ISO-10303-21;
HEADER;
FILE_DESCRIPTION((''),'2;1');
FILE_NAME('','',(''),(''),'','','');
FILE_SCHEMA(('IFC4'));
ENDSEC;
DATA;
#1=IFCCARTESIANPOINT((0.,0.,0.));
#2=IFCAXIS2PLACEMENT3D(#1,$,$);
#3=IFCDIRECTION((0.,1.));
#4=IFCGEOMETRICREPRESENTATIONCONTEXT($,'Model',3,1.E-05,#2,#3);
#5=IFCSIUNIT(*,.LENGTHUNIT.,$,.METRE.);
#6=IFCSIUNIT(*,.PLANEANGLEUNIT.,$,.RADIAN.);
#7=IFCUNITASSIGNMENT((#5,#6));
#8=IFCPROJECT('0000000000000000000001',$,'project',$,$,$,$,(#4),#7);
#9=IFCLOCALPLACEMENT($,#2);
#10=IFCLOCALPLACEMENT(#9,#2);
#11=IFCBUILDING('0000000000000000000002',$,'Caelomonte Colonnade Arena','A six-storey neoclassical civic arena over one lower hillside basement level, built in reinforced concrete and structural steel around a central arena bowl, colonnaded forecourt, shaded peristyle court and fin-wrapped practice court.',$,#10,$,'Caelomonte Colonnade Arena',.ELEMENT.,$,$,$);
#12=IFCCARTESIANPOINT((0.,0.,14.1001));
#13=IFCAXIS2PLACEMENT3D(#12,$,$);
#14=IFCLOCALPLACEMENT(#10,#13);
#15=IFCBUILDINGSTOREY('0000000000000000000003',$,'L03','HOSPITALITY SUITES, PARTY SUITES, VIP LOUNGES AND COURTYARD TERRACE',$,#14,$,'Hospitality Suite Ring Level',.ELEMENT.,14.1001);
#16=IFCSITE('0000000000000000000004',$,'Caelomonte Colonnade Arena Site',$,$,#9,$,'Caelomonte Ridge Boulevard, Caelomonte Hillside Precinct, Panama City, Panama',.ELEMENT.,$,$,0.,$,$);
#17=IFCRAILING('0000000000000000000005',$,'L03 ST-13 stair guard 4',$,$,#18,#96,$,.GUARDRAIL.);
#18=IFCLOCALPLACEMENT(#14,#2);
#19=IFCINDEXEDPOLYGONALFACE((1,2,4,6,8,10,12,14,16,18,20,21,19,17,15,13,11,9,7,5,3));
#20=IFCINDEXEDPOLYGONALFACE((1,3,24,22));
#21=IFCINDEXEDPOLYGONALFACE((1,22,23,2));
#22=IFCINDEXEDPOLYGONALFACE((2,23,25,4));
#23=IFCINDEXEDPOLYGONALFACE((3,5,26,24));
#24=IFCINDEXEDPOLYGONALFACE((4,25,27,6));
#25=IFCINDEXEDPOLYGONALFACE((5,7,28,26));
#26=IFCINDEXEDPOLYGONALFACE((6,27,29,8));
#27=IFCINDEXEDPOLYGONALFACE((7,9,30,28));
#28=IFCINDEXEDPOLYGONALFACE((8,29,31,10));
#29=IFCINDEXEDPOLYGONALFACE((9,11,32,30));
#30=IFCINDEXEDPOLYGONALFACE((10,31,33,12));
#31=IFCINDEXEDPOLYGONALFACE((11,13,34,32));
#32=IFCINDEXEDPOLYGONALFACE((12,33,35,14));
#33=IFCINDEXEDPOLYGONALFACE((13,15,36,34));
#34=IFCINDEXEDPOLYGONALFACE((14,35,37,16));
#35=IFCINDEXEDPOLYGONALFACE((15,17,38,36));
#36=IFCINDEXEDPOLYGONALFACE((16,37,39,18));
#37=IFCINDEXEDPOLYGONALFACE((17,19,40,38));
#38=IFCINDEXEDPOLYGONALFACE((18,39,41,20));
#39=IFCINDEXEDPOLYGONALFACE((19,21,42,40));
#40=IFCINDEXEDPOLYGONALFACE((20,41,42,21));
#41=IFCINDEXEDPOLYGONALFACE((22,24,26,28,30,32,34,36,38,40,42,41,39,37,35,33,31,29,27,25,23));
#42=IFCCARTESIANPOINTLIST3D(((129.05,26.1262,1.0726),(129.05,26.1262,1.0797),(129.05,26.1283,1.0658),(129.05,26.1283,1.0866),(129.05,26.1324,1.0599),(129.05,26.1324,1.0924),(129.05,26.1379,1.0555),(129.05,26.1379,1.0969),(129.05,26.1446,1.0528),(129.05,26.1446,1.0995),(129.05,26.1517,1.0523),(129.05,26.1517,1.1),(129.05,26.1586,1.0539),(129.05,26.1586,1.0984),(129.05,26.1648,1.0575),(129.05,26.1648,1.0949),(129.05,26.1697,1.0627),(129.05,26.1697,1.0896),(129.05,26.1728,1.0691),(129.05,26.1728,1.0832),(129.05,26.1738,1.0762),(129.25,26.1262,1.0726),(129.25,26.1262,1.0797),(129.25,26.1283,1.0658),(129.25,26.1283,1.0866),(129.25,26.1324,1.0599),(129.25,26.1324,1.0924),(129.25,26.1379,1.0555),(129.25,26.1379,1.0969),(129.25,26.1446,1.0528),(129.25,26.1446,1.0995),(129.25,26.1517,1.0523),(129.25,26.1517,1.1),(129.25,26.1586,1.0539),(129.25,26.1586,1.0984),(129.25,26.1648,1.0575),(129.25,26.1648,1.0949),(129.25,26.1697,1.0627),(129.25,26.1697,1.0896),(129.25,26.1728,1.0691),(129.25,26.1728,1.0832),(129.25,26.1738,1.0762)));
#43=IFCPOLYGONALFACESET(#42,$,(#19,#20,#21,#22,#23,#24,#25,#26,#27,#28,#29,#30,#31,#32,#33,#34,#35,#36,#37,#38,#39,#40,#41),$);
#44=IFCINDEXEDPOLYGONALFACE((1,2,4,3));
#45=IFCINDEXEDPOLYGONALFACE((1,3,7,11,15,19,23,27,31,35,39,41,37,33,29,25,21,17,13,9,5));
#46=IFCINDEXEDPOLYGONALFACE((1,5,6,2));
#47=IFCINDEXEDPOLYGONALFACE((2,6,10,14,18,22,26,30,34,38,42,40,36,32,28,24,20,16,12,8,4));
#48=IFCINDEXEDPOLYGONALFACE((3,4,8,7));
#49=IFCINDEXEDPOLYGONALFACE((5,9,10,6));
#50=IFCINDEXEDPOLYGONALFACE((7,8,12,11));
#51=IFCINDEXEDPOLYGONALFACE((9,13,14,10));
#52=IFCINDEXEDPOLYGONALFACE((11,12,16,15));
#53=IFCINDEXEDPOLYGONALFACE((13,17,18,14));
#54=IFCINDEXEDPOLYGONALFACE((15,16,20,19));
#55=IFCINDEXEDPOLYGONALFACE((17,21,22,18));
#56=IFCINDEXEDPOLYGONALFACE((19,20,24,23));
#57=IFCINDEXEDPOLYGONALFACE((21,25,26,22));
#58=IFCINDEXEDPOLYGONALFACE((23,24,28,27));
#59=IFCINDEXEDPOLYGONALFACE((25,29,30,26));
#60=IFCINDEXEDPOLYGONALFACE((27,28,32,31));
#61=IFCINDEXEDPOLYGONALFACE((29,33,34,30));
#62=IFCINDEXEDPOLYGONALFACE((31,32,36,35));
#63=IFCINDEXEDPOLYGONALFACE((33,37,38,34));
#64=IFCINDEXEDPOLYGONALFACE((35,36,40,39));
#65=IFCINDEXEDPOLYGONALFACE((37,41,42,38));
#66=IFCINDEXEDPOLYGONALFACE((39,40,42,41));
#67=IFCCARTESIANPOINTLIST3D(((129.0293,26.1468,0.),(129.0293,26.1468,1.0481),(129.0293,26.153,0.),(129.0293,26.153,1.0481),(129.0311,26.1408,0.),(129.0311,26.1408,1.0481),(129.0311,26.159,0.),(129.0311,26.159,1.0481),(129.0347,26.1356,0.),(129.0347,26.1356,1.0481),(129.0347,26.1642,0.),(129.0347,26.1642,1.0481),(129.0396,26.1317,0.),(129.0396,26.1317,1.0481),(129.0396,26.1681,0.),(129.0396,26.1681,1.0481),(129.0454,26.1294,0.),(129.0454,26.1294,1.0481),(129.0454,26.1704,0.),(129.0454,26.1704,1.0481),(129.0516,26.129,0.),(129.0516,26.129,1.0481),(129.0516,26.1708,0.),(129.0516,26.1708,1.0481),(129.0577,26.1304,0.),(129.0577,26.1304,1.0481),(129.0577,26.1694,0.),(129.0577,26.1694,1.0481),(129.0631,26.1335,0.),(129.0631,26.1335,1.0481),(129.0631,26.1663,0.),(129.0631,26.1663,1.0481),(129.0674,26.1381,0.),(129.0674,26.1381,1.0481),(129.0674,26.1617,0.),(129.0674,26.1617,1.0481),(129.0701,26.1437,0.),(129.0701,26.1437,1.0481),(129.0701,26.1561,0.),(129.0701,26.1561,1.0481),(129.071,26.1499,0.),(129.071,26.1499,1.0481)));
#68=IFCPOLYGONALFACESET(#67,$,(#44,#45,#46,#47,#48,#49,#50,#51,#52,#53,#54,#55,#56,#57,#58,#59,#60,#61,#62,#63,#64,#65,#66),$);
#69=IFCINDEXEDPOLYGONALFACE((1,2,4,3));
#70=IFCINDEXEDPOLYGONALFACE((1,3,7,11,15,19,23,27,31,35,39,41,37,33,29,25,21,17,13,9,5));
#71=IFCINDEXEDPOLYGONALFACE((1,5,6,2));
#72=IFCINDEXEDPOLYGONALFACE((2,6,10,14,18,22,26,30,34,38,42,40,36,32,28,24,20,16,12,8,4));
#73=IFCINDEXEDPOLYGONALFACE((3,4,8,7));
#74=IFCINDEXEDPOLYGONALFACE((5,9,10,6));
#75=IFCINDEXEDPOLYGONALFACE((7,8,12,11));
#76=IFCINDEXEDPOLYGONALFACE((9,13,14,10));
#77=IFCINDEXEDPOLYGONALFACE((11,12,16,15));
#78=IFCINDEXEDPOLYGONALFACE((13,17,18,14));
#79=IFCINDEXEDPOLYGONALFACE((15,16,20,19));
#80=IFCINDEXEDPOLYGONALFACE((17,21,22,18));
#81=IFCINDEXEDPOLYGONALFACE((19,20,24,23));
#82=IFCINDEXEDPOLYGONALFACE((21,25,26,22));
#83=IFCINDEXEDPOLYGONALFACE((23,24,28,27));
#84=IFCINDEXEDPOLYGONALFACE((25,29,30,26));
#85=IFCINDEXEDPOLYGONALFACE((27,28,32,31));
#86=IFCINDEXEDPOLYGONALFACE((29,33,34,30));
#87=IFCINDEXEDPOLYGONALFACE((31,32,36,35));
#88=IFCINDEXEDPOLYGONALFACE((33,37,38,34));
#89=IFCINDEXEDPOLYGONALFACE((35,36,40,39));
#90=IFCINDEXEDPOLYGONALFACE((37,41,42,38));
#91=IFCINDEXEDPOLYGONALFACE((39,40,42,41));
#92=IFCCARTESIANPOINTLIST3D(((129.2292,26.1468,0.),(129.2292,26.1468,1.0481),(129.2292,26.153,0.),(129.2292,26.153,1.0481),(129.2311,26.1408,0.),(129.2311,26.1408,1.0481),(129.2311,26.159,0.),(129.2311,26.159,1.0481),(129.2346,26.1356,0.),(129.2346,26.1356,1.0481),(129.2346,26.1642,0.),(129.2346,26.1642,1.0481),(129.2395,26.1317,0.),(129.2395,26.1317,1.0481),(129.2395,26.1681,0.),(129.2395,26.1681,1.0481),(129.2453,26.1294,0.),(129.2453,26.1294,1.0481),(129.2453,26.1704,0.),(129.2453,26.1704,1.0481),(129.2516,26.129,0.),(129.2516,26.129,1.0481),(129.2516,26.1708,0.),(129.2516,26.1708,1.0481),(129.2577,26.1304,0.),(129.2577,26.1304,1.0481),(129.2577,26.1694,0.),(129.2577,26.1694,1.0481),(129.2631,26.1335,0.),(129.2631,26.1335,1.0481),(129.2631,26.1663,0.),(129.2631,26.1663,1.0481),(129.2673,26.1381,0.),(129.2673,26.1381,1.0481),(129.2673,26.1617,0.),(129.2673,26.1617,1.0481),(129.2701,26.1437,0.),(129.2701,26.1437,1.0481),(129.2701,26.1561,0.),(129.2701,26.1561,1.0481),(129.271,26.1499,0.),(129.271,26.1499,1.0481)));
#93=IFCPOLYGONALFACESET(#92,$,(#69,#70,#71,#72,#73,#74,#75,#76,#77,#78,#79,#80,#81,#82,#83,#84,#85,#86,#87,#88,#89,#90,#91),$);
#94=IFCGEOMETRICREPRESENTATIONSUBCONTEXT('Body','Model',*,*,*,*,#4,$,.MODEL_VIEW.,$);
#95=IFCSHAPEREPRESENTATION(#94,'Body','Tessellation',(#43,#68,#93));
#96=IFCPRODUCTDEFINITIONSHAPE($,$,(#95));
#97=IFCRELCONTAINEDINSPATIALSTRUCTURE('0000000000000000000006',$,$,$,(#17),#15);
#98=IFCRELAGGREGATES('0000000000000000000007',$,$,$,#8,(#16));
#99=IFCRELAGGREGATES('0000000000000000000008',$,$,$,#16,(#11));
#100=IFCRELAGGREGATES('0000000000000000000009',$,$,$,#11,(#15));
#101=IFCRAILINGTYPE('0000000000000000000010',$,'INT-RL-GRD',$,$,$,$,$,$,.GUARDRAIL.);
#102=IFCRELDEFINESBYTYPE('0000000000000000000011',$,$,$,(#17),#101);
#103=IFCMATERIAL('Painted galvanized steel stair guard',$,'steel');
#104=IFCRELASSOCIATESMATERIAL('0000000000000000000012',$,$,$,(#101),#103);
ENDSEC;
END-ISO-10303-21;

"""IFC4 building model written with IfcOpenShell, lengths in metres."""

from ifc_helpers import new_model, si_unit, direction, frame, origin, origin_2d, place, context, subcontext, project, spatial, circle, extrude, material, type_object, element, save


model = new_model("IFC4")

# Units and contexts
model_context = context("Model", 3, precision=1e-05, world=origin(), true_north=direction((0.0, 1.0)))
body_context = subcontext(model_context, "Body", "Model", "MODEL_VIEW")
ifc_project = project(units=[si_unit("LENGTHUNIT", "METRE"), si_unit("PLANEANGLEUNIT", "RADIAN")], contexts=[model_context])

# Site, building, storey
site_placement = place(None, origin())
site = spatial("IfcSite", under=ifc_project, at=site_placement, Name="Caelomonte Colonnade Arena Site", LongName="Caelomonte Ridge Boulevard, Caelomonte Hillside Precinct, Panama City, Panama", CompositionType="ELEMENT", RefElevation=0.0)
building_placement = place(site_placement, origin())
building = spatial("IfcBuilding", under=site, at=building_placement, Name="Caelomonte Colonnade Arena", Description="A six-storey neoclassical civic arena over one lower hillside basement level, built in reinforced concrete and structural steel around a central arena bowl, colonnaded forecourt, shaded peristyle court and fin-wrapped practice court.", LongName="Caelomonte Colonnade Arena", CompositionType="ELEMENT")
storey_placement = place(building_placement, frame((0.0, 0.0, 14.1001)))
storey = spatial("IfcBuildingStorey", under=building, at=storey_placement, Name="L03", Description="HOSPITALITY SUITES, PARTY SUITES, VIP LOUNGES AND COURTYARD TERRACE", LongName="Hospitality Suite Ring Level", CompositionType="ELEMENT", Elevation=14.1001)

# Railing
ifc_material_1 = material(Name="Painted galvanized steel stair guard", Category="steel")
railing_type_1 = type_object("IfcRailingType", Name="INT-RL-GRD", PredefinedType="GUARDRAIL", material=ifc_material_1)
railing_1_placement = place(storey_placement, frame((129.05, 26.1499, 0.0)))
element("IfcRailing", 1, at=railing_1_placement, inside=storey, type_object=railing_type_1, Name="L03 ST-13 stair guard 4", PredefinedType="GUARDRAIL", context=body_context, shape_type="SweptSolid", body=[
    extrude(circle(Radius=0.0239, at=origin_2d()), frame((0.0, 0.0, 1.0762), z_axis=(1.0, 0.0, 0.0), x_axis=(0.0, 1.0, 0.0)), (0.0, 0.0, 1.0), 0.2),
    extrude(circle(Radius=0.021, at=origin_2d()), origin(), (0.0, 0.0, 1.0), 1.0481),
    extrude(circle(Radius=0.021, at=origin_2d()), frame((0.2, 0.0, 0.0)), (0.0, 0.0, 1.0), 1.0481),
])

save(model, "model.ifc")
